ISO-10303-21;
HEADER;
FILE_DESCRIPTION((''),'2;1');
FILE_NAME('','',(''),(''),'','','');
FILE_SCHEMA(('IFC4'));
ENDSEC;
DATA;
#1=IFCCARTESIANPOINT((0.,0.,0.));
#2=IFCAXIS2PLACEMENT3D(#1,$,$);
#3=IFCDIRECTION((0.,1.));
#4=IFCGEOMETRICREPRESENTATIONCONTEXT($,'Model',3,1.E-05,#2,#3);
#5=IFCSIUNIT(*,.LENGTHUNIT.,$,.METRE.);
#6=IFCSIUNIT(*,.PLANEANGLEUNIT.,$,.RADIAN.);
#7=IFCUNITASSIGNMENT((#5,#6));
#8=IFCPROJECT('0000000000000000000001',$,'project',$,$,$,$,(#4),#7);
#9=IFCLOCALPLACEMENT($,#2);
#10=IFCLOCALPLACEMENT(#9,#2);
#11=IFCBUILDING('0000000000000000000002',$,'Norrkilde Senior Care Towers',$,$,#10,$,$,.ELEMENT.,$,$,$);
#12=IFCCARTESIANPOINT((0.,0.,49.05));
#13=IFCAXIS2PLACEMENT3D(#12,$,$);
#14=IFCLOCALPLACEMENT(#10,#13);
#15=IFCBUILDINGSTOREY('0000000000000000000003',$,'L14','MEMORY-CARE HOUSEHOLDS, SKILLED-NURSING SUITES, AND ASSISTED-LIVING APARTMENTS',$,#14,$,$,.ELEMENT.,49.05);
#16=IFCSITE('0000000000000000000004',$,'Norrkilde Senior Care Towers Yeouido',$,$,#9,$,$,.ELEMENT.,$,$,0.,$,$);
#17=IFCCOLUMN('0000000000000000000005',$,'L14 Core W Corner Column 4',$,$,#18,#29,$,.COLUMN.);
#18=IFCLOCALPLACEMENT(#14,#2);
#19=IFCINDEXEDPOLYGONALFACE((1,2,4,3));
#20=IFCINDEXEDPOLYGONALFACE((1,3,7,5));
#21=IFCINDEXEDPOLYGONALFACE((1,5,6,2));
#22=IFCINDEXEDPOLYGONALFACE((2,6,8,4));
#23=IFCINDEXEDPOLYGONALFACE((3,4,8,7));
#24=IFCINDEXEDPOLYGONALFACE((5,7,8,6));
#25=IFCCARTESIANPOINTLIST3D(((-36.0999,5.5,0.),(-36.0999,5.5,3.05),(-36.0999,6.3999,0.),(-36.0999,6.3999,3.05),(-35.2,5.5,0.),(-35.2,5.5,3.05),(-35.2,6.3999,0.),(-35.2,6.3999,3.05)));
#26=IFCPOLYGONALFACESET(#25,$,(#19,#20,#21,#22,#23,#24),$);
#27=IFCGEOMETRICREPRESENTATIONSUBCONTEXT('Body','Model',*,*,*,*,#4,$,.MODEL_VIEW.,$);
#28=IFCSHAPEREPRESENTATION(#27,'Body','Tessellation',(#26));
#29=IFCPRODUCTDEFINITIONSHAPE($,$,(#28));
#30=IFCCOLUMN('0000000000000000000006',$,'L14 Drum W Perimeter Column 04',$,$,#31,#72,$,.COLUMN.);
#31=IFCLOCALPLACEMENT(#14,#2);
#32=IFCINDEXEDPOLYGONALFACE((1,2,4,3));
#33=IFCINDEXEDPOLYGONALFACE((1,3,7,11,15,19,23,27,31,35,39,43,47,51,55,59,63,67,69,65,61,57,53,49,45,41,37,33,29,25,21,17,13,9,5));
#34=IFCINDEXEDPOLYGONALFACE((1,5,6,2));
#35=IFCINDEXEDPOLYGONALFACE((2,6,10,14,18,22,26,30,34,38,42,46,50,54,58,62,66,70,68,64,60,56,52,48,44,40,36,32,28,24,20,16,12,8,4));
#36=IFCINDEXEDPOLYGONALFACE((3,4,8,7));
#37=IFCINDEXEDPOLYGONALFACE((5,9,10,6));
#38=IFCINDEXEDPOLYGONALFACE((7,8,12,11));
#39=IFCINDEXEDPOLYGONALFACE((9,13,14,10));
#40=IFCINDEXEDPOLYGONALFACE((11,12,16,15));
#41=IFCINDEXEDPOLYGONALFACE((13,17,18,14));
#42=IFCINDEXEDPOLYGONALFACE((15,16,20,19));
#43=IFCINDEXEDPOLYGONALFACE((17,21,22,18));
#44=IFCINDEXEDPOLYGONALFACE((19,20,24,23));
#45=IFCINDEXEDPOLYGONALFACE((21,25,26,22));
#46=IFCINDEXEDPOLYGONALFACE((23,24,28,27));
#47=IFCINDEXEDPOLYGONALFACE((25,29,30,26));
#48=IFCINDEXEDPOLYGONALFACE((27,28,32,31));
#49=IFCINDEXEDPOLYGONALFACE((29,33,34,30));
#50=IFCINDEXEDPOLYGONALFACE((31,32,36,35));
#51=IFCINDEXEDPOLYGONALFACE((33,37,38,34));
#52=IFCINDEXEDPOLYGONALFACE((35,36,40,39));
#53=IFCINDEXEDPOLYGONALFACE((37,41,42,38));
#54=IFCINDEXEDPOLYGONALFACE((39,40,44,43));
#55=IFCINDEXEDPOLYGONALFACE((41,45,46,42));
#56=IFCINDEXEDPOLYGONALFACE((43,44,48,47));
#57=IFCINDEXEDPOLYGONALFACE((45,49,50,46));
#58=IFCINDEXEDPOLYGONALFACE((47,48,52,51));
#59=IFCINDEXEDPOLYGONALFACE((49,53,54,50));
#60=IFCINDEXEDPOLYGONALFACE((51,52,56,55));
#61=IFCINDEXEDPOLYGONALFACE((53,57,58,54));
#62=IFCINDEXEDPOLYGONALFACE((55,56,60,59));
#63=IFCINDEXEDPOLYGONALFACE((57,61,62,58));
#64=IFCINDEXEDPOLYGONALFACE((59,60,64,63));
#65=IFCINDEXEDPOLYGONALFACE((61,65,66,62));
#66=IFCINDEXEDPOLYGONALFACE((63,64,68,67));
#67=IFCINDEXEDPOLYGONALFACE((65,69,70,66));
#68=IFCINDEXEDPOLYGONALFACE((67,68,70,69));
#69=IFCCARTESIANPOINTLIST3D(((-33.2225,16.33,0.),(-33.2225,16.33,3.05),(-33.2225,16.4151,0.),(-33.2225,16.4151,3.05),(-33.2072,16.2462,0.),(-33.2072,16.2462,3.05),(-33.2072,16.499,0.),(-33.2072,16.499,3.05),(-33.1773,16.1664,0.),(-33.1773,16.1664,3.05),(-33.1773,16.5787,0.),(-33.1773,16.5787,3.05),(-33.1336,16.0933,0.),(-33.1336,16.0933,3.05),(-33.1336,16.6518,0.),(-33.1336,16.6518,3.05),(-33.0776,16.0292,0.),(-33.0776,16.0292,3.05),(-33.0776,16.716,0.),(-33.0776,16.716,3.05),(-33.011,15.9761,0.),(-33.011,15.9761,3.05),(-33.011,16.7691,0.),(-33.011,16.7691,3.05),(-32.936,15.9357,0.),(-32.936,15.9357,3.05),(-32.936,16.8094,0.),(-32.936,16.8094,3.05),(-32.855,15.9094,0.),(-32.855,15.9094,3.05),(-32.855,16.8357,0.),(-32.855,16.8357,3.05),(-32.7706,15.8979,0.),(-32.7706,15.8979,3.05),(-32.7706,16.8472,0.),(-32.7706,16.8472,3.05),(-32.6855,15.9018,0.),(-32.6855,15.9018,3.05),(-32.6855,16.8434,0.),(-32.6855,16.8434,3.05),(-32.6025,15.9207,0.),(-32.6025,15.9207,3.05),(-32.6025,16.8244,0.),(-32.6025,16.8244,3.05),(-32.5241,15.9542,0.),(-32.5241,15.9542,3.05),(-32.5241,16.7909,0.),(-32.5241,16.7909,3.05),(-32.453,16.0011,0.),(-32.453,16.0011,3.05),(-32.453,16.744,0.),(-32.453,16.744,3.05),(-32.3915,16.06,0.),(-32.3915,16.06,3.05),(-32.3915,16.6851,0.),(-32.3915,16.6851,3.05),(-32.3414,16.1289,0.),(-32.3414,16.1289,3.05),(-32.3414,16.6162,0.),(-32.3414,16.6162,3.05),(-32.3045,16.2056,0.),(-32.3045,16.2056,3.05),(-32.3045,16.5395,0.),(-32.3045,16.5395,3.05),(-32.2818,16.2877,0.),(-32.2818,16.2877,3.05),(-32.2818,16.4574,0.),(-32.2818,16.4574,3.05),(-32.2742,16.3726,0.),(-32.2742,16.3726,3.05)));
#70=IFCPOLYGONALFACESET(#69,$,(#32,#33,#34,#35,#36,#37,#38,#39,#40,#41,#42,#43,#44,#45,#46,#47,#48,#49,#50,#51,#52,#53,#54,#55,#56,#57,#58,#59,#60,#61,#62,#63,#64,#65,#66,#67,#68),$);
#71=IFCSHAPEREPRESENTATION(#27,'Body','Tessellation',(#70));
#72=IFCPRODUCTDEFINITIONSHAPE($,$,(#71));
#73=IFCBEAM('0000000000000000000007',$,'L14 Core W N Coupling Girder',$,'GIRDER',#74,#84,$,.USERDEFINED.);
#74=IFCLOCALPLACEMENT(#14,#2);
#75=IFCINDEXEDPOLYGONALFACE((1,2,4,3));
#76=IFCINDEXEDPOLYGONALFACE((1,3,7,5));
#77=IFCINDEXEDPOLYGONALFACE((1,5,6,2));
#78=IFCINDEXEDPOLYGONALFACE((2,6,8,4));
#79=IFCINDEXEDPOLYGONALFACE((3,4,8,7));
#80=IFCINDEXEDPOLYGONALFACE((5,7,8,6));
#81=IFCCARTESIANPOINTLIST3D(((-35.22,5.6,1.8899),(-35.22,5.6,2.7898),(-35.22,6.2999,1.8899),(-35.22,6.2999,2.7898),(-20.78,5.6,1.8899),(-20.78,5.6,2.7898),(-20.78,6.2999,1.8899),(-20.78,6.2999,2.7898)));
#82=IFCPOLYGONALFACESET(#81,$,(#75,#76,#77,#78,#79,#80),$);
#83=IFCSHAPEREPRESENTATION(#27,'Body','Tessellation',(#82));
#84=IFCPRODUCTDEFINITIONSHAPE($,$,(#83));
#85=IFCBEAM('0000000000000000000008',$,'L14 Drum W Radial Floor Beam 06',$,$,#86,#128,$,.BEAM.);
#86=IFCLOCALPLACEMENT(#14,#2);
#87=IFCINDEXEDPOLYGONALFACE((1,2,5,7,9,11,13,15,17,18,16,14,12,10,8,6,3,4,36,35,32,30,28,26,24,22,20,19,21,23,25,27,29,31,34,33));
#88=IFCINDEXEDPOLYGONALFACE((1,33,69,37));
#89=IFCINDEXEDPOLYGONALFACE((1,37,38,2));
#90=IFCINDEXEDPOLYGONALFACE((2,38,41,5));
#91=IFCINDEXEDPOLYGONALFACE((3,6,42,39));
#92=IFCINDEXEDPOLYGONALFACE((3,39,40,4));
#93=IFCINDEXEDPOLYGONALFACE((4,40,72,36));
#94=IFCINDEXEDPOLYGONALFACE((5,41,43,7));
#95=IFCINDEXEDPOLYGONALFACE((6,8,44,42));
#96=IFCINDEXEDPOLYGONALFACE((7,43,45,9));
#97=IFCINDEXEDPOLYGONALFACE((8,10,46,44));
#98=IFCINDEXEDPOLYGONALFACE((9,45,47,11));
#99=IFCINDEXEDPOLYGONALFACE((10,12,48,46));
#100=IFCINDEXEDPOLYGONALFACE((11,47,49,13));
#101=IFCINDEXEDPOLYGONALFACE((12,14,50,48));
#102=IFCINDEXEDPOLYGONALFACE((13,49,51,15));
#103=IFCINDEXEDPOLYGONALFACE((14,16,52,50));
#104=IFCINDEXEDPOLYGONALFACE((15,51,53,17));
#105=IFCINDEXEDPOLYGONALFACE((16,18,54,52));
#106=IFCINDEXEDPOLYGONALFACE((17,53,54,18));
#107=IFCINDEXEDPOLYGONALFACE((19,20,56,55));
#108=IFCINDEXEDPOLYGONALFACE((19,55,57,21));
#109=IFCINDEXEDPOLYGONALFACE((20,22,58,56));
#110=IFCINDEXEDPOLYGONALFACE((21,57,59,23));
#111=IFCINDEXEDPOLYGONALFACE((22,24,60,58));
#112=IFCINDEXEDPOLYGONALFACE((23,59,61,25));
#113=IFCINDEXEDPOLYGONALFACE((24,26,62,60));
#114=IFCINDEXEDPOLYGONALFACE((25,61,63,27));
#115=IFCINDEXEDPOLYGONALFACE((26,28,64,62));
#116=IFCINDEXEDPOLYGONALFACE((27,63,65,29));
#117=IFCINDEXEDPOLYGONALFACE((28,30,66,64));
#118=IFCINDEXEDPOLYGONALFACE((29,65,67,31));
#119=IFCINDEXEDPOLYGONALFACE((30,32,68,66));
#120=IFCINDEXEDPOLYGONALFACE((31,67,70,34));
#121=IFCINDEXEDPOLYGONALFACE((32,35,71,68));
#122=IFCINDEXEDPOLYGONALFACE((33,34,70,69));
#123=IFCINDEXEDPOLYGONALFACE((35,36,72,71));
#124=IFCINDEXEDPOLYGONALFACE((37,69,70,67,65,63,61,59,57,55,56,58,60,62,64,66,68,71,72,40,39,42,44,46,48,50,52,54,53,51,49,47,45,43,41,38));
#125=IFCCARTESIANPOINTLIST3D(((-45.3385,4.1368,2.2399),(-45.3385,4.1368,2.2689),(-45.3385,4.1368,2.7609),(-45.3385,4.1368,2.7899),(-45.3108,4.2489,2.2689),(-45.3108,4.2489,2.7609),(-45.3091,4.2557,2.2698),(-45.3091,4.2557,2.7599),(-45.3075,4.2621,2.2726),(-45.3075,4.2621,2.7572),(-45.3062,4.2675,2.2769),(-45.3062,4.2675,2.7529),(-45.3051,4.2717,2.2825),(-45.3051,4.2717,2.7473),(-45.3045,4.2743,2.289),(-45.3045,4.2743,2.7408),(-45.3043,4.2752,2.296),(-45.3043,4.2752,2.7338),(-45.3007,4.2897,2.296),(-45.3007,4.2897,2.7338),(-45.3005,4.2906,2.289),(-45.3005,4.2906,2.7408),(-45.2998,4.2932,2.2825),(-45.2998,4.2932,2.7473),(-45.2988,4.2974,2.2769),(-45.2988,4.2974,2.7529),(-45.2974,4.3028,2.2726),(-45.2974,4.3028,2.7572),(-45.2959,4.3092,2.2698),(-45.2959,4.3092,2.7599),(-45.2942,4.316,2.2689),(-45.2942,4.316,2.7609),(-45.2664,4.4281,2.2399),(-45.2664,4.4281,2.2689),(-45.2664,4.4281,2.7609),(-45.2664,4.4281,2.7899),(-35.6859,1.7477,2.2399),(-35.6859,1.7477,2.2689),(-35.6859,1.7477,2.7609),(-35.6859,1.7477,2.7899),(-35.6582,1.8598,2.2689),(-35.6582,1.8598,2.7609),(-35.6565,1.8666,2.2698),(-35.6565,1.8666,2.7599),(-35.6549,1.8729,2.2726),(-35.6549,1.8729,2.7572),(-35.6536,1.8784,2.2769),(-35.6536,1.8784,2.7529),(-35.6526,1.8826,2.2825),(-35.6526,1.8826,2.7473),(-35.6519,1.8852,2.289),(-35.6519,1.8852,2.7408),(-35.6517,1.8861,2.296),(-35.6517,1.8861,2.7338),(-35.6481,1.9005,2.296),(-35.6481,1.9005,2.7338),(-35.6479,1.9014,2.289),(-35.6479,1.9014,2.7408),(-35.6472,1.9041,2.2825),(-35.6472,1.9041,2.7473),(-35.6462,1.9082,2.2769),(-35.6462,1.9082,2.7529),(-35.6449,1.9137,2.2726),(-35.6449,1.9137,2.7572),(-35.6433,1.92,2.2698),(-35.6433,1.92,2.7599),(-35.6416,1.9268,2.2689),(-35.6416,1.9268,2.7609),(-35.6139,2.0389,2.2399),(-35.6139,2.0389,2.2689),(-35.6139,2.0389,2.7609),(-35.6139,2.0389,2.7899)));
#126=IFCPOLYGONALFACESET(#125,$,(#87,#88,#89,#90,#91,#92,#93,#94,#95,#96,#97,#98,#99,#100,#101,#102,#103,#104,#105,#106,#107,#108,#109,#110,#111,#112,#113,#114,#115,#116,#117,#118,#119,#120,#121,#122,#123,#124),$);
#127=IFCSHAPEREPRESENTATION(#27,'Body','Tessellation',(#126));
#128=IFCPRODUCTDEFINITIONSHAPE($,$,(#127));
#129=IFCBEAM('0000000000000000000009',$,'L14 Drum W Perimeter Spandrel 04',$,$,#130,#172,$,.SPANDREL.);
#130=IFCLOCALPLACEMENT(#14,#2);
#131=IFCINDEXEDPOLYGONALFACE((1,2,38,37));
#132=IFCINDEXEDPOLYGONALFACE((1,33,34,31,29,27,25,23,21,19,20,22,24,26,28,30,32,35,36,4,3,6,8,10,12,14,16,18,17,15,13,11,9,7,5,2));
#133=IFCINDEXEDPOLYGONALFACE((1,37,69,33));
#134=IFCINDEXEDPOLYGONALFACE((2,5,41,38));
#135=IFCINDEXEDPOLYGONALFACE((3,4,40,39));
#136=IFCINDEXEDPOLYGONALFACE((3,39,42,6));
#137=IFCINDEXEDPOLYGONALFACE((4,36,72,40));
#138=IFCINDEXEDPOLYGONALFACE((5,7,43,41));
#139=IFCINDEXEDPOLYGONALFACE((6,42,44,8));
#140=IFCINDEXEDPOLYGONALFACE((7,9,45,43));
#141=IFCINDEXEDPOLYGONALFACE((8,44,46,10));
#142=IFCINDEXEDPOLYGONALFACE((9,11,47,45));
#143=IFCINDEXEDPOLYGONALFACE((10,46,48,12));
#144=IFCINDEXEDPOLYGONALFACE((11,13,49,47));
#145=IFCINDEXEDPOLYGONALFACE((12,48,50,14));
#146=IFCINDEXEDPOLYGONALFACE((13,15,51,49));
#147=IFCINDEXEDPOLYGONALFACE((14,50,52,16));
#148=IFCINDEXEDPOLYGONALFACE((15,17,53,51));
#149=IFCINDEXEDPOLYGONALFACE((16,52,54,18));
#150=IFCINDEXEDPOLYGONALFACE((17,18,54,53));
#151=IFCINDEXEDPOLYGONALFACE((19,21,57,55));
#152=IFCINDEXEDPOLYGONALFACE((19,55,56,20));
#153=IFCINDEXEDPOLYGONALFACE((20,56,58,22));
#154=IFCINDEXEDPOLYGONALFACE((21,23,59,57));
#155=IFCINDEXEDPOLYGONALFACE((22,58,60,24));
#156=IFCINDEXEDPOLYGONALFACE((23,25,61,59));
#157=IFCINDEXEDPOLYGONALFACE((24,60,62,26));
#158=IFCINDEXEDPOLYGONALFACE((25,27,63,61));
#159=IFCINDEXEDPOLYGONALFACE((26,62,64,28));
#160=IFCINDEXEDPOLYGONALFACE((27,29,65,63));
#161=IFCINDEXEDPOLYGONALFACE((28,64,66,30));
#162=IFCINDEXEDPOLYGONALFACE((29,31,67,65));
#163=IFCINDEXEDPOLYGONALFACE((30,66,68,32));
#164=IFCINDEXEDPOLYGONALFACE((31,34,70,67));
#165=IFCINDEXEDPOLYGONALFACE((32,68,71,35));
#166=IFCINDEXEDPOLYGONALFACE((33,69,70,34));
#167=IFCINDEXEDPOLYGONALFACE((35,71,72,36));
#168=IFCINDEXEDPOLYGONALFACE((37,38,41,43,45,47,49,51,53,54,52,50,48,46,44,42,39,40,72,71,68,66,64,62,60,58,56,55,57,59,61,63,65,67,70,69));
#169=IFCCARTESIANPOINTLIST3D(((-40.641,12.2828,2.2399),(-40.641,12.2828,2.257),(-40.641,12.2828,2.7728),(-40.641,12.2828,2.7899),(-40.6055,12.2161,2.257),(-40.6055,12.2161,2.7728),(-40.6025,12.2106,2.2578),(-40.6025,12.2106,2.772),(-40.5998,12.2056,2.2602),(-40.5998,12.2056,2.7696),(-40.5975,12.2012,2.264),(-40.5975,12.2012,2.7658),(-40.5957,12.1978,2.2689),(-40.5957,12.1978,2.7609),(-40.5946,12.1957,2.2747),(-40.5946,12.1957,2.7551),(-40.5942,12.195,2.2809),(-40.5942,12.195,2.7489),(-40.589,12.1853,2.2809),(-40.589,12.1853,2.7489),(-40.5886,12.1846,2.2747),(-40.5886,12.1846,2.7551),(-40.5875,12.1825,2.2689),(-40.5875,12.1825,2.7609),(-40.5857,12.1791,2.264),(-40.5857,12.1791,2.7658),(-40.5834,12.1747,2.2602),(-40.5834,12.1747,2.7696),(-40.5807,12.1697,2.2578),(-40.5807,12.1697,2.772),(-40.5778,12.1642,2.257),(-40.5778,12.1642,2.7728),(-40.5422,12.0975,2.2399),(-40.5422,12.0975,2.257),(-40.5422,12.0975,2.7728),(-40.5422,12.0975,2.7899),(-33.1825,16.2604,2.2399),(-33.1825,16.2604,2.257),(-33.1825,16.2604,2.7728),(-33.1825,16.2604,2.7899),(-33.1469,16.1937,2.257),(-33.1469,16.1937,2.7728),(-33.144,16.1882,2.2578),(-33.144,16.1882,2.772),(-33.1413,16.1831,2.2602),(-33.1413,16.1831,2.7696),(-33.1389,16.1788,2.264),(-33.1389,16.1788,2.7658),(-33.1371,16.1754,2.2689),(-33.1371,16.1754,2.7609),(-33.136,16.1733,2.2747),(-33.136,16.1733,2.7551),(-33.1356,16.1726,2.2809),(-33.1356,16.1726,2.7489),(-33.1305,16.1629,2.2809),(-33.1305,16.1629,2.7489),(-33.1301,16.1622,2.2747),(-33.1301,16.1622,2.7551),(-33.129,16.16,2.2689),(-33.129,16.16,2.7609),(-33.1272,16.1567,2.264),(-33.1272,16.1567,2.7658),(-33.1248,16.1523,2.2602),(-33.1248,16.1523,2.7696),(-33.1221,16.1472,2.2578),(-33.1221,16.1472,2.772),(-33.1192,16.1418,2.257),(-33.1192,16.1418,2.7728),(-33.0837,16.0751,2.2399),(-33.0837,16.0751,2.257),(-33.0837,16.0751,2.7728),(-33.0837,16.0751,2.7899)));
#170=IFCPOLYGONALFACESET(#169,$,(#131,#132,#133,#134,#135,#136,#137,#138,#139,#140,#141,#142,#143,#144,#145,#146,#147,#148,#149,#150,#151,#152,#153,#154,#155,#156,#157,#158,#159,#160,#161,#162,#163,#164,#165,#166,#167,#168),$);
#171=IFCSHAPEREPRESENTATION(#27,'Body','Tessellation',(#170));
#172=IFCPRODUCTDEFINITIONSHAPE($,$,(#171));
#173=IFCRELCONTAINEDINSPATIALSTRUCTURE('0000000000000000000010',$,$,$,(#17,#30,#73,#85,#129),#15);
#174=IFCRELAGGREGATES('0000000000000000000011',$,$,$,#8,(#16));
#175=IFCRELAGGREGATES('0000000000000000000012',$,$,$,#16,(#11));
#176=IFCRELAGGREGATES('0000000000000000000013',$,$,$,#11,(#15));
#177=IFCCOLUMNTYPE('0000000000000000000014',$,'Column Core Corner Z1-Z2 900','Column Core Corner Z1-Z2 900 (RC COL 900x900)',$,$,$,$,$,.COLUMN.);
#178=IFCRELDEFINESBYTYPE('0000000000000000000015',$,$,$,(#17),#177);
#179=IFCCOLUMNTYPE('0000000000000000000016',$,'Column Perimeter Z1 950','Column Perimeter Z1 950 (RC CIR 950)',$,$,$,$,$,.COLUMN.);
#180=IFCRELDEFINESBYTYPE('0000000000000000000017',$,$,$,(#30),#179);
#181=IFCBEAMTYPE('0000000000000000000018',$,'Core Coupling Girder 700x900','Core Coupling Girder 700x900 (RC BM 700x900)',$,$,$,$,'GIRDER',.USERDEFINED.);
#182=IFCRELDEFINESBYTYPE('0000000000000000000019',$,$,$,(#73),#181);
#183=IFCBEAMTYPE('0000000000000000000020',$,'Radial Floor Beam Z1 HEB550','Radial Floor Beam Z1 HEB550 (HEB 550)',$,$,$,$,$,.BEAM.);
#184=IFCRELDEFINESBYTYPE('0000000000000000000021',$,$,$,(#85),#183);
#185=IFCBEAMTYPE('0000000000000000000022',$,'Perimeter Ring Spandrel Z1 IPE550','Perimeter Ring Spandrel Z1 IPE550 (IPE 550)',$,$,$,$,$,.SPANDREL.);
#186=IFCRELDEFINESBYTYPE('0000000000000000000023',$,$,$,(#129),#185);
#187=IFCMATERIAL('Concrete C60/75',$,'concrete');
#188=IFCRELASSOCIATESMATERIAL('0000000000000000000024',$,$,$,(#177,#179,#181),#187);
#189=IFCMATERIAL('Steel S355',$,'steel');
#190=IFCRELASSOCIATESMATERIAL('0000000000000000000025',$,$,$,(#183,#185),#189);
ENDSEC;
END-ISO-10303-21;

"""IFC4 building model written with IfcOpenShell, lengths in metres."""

from ifc_helpers import new_model, si_unit, direction, frame, origin, origin_2d, place, context, subcontext, project, spatial, rectangle, circle, i_section, extrude, source, transform, mapped, material, material_profile, profile_set, type_object, type_shapes, element, save


model = new_model("IFC4")

# Units and contexts
model_context = context("Model", 3, precision=1e-05, world=origin(), true_north=direction((0.0, 1.0)))
body_context = subcontext(model_context, "Body", "Model", "MODEL_VIEW")
ifc_project = project(units=[si_unit("LENGTHUNIT", "METRE"), si_unit("PLANEANGLEUNIT", "RADIAN")], contexts=[model_context])

# Site, building, storey
site_placement = place(None, origin())
site = spatial("IfcSite", under=ifc_project, at=site_placement, Name="Norrkilde Senior Care Towers Yeouido", CompositionType="ELEMENT", RefElevation=0.0)
building_placement = place(site_placement, origin())
building = spatial("IfcBuilding", under=site, at=building_placement, Name="Norrkilde Senior Care Towers", CompositionType="ELEMENT")
storey_placement = place(building_placement, frame((0.0, 0.0, 49.05)))
storey = spatial("IfcBuildingStorey", under=building, at=storey_placement, Name="L14", Description="MEMORY-CARE HOUSEHOLDS, SKILLED-NURSING SUITES, AND ASSISTED-LIVING APARTMENTS", CompositionType="ELEMENT", Elevation=49.05)

# Columns
ifc_material_1 = material(Name="Concrete C60/75", Category="concrete")
ifc_material_profile_1 = material_profile(ifc_material_1, rectangle(XDim=0.8999, YDim=0.8999, at=origin_2d()), Name="RC COL 900x900")
ifc_profile_set_1 = profile_set([ifc_material_profile_1], Name="Concrete C60/75")
column_type_1 = type_object("IfcColumnType", Name="Column Core Corner Z1-Z2 900", Description="Column Core Corner Z1-Z2 900 (RC COL 900x900)", PredefinedType="COLUMN", material=ifc_profile_set_1)
shared_shape_1 = source(origin(), body_context, "Body", "SweptSolid", [
    extrude(rectangle(XDim=0.8999, YDim=0.8999, at=origin_2d()), origin(), (0.0, 0.0, 1.0), 3.05),
])
type_shapes(column_type_1, [shared_shape_1])
column_1_placement = place(storey_placement, frame((-35.6499, 5.95, 0.0), z_axis=(0.0, 0.0, 1.0), x_axis=(1.0, 0.0, 0.0)))
element("IfcColumn", 1, at=column_1_placement, inside=storey, type_object=column_type_1, Name="L14 Core W Corner Column 4", PredefinedType="COLUMN", context=body_context, shape_type="MappedRepresentation", body=[
    mapped(shared_shape_1, transform((0.0, 0.0, 0.0), x_axis=(1.0, 0.0, 0.0), y_axis=(0.0, 1.0, 0.0), z_axis=(0.0, 0.0, 1.0), scale=1.0)),
])
ifc_material_profile_2 = material_profile(ifc_material_1, circle(Radius=0.4751, at=origin_2d()), Name="RC CIR 950")
ifc_profile_set_2 = profile_set([ifc_material_profile_2], Name="Concrete C60/75")
column_type_2 = type_object("IfcColumnType", Name="Column Perimeter Z1 950", Description="Column Perimeter Z1 950 (RC CIR 950)", PredefinedType="COLUMN", material=ifc_profile_set_2)
shared_shape_2 = source(origin(), body_context, "Body", "SweptSolid", [
    extrude(circle(Radius=0.4751, at=origin_2d()), origin(), (0.0, 0.0, 1.0), 3.05),
])
type_shapes(column_type_2, [shared_shape_2])
column_2_placement = place(storey_placement, frame((-32.7493, 16.3726, 0.0), z_axis=(0.0, 0.0, 1.0), x_axis=(1.0, 0.0, 0.0)))
element("IfcColumn", 2, at=column_2_placement, inside=storey, type_object=column_type_2, Name="L14 Drum W Perimeter Column 04", PredefinedType="COLUMN", context=body_context, shape_type="MappedRepresentation", body=[
    mapped(shared_shape_2, transform((0.0, 0.0, 0.0), x_axis=(1.0, 0.0, 0.0), y_axis=(0.0, 1.0, 0.0), z_axis=(0.0, 0.0, 1.0), scale=1.0)),
])

# Beams
ifc_material_profile_3 = material_profile(ifc_material_1, rectangle(XDim=0.7, YDim=0.8999, at=origin_2d()), Name="RC BM 700x900")
ifc_profile_set_3 = profile_set([ifc_material_profile_3], Name="Concrete C60/75")
beam_type_1 = type_object("IfcBeamType", Name="Core Coupling Girder 700x900", Description="Core Coupling Girder 700x900 (RC BM 700x900)", ElementType="GIRDER", PredefinedType="USERDEFINED", material=ifc_profile_set_3)
shared_shape_3 = source(origin(), body_context, "Body", "SweptSolid", [
    extrude(rectangle(XDim=0.7, YDim=0.8999, at=origin_2d()), origin(), (0.0, 0.0, 1.0), 14.4399),
])
type_shapes(beam_type_1, [shared_shape_3])
beam_1_placement = place(storey_placement, frame((-35.22, 5.95, 2.3398), z_axis=(1.0, 0.0, 0.0), x_axis=(0.0, 1.0, 0.0)))
element("IfcBeam", 3, at=beam_1_placement, inside=storey, type_object=beam_type_1, Name="L14 Core W N Coupling Girder", ObjectType="GIRDER", PredefinedType="USERDEFINED", context=body_context, shape_type="MappedRepresentation", body=[
    mapped(shared_shape_3, transform((0.0, 0.0, 0.0), x_axis=(1.0, 0.0, 0.0), y_axis=(0.0, 1.0, 0.0), z_axis=(0.0, 0.0, 1.0), scale=1.0)),
])
ifc_material_2 = material(Name="Steel S355", Category="steel")
ifc_material_profile_4 = material_profile(ifc_material_2, i_section(OverallWidth=0.3, OverallDepth=0.55, WebThickness=0.0149, FlangeThickness=0.0291, FilletRadius=0.0271, at=origin_2d()), Name="HEB 550")
ifc_profile_set_4 = profile_set([ifc_material_profile_4], Name="Steel S355")
beam_type_2 = type_object("IfcBeamType", Name="Radial Floor Beam Z1 HEB550", Description="Radial Floor Beam Z1 HEB550 (HEB 550)", PredefinedType="BEAM", material=ifc_profile_set_4)
shared_shape_4 = source(origin(), body_context, "Body", "SweptSolid", [
    extrude(i_section(OverallWidth=0.3, OverallDepth=0.55, WebThickness=0.0149, FlangeThickness=0.0291, FilletRadius=0.0271, at=origin_2d()), origin(), (0.0, 0.0, 1.0), 9.9438),
])
beam_2_placement = place(storey_placement, frame((-35.6499, 1.8933, 2.5149), z_axis=(-0.970707, 0.240265, 0.0), x_axis=(-0.240265, -0.970707, 0.0)))
element("IfcBeam", 4, at=beam_2_placement, inside=storey, type_object=beam_type_2, Name="L14 Drum W Radial Floor Beam 06", PredefinedType="BEAM", context=body_context, shape_type="MappedRepresentation", body=[
    mapped(shared_shape_4, transform((0.0, 0.0, 0.0), x_axis=(1.0, 0.0, 0.0), y_axis=(0.0, 1.0, 0.0), z_axis=(0.0, 0.0, 1.0), scale=1.0)),
])
ifc_material_profile_5 = material_profile(ifc_material_2, i_section(OverallWidth=0.21, OverallDepth=0.55, WebThickness=0.011, FlangeThickness=0.0171, FilletRadius=0.0239, at=origin_2d()), Name="IPE 550")
ifc_profile_set_5 = profile_set([ifc_material_profile_5], Name="Steel S355")
beam_type_3 = type_object("IfcBeamType", Name="Perimeter Ring Spandrel Z1 IPE550", Description="Perimeter Ring Spandrel Z1 IPE550 (IPE 550)", PredefinedType="SPANDREL", material=ifc_profile_set_5)
shared_shape_5 = source(origin(), body_context, "Body", "SweptSolid", [
    extrude(i_section(OverallWidth=0.21, OverallDepth=0.55, WebThickness=0.011, FlangeThickness=0.0171, FilletRadius=0.0239, at=origin_2d()), origin(), (0.0, 0.0, 1.0), 8.4529),
])
type_shapes(beam_type_3, [shared_shape_5])
beam_3_placement = place(storey_placement, frame((-33.1331, 16.1677, 2.5149), z_axis=(-0.882369, -0.470558, 0.0), x_axis=(0.470558, -0.882369, 0.0)))
element("IfcBeam", 5, at=beam_3_placement, inside=storey, type_object=beam_type_3, Name="L14 Drum W Perimeter Spandrel 04", PredefinedType="SPANDREL", context=body_context, shape_type="MappedRepresentation", body=[
    mapped(shared_shape_5, transform((0.0, 0.0, 0.0), x_axis=(1.0, 0.0, 0.0), y_axis=(0.0, 1.0, 0.0), z_axis=(0.0, 0.0, 1.0), scale=1.0)),
])

save(model, "model.ifc")
